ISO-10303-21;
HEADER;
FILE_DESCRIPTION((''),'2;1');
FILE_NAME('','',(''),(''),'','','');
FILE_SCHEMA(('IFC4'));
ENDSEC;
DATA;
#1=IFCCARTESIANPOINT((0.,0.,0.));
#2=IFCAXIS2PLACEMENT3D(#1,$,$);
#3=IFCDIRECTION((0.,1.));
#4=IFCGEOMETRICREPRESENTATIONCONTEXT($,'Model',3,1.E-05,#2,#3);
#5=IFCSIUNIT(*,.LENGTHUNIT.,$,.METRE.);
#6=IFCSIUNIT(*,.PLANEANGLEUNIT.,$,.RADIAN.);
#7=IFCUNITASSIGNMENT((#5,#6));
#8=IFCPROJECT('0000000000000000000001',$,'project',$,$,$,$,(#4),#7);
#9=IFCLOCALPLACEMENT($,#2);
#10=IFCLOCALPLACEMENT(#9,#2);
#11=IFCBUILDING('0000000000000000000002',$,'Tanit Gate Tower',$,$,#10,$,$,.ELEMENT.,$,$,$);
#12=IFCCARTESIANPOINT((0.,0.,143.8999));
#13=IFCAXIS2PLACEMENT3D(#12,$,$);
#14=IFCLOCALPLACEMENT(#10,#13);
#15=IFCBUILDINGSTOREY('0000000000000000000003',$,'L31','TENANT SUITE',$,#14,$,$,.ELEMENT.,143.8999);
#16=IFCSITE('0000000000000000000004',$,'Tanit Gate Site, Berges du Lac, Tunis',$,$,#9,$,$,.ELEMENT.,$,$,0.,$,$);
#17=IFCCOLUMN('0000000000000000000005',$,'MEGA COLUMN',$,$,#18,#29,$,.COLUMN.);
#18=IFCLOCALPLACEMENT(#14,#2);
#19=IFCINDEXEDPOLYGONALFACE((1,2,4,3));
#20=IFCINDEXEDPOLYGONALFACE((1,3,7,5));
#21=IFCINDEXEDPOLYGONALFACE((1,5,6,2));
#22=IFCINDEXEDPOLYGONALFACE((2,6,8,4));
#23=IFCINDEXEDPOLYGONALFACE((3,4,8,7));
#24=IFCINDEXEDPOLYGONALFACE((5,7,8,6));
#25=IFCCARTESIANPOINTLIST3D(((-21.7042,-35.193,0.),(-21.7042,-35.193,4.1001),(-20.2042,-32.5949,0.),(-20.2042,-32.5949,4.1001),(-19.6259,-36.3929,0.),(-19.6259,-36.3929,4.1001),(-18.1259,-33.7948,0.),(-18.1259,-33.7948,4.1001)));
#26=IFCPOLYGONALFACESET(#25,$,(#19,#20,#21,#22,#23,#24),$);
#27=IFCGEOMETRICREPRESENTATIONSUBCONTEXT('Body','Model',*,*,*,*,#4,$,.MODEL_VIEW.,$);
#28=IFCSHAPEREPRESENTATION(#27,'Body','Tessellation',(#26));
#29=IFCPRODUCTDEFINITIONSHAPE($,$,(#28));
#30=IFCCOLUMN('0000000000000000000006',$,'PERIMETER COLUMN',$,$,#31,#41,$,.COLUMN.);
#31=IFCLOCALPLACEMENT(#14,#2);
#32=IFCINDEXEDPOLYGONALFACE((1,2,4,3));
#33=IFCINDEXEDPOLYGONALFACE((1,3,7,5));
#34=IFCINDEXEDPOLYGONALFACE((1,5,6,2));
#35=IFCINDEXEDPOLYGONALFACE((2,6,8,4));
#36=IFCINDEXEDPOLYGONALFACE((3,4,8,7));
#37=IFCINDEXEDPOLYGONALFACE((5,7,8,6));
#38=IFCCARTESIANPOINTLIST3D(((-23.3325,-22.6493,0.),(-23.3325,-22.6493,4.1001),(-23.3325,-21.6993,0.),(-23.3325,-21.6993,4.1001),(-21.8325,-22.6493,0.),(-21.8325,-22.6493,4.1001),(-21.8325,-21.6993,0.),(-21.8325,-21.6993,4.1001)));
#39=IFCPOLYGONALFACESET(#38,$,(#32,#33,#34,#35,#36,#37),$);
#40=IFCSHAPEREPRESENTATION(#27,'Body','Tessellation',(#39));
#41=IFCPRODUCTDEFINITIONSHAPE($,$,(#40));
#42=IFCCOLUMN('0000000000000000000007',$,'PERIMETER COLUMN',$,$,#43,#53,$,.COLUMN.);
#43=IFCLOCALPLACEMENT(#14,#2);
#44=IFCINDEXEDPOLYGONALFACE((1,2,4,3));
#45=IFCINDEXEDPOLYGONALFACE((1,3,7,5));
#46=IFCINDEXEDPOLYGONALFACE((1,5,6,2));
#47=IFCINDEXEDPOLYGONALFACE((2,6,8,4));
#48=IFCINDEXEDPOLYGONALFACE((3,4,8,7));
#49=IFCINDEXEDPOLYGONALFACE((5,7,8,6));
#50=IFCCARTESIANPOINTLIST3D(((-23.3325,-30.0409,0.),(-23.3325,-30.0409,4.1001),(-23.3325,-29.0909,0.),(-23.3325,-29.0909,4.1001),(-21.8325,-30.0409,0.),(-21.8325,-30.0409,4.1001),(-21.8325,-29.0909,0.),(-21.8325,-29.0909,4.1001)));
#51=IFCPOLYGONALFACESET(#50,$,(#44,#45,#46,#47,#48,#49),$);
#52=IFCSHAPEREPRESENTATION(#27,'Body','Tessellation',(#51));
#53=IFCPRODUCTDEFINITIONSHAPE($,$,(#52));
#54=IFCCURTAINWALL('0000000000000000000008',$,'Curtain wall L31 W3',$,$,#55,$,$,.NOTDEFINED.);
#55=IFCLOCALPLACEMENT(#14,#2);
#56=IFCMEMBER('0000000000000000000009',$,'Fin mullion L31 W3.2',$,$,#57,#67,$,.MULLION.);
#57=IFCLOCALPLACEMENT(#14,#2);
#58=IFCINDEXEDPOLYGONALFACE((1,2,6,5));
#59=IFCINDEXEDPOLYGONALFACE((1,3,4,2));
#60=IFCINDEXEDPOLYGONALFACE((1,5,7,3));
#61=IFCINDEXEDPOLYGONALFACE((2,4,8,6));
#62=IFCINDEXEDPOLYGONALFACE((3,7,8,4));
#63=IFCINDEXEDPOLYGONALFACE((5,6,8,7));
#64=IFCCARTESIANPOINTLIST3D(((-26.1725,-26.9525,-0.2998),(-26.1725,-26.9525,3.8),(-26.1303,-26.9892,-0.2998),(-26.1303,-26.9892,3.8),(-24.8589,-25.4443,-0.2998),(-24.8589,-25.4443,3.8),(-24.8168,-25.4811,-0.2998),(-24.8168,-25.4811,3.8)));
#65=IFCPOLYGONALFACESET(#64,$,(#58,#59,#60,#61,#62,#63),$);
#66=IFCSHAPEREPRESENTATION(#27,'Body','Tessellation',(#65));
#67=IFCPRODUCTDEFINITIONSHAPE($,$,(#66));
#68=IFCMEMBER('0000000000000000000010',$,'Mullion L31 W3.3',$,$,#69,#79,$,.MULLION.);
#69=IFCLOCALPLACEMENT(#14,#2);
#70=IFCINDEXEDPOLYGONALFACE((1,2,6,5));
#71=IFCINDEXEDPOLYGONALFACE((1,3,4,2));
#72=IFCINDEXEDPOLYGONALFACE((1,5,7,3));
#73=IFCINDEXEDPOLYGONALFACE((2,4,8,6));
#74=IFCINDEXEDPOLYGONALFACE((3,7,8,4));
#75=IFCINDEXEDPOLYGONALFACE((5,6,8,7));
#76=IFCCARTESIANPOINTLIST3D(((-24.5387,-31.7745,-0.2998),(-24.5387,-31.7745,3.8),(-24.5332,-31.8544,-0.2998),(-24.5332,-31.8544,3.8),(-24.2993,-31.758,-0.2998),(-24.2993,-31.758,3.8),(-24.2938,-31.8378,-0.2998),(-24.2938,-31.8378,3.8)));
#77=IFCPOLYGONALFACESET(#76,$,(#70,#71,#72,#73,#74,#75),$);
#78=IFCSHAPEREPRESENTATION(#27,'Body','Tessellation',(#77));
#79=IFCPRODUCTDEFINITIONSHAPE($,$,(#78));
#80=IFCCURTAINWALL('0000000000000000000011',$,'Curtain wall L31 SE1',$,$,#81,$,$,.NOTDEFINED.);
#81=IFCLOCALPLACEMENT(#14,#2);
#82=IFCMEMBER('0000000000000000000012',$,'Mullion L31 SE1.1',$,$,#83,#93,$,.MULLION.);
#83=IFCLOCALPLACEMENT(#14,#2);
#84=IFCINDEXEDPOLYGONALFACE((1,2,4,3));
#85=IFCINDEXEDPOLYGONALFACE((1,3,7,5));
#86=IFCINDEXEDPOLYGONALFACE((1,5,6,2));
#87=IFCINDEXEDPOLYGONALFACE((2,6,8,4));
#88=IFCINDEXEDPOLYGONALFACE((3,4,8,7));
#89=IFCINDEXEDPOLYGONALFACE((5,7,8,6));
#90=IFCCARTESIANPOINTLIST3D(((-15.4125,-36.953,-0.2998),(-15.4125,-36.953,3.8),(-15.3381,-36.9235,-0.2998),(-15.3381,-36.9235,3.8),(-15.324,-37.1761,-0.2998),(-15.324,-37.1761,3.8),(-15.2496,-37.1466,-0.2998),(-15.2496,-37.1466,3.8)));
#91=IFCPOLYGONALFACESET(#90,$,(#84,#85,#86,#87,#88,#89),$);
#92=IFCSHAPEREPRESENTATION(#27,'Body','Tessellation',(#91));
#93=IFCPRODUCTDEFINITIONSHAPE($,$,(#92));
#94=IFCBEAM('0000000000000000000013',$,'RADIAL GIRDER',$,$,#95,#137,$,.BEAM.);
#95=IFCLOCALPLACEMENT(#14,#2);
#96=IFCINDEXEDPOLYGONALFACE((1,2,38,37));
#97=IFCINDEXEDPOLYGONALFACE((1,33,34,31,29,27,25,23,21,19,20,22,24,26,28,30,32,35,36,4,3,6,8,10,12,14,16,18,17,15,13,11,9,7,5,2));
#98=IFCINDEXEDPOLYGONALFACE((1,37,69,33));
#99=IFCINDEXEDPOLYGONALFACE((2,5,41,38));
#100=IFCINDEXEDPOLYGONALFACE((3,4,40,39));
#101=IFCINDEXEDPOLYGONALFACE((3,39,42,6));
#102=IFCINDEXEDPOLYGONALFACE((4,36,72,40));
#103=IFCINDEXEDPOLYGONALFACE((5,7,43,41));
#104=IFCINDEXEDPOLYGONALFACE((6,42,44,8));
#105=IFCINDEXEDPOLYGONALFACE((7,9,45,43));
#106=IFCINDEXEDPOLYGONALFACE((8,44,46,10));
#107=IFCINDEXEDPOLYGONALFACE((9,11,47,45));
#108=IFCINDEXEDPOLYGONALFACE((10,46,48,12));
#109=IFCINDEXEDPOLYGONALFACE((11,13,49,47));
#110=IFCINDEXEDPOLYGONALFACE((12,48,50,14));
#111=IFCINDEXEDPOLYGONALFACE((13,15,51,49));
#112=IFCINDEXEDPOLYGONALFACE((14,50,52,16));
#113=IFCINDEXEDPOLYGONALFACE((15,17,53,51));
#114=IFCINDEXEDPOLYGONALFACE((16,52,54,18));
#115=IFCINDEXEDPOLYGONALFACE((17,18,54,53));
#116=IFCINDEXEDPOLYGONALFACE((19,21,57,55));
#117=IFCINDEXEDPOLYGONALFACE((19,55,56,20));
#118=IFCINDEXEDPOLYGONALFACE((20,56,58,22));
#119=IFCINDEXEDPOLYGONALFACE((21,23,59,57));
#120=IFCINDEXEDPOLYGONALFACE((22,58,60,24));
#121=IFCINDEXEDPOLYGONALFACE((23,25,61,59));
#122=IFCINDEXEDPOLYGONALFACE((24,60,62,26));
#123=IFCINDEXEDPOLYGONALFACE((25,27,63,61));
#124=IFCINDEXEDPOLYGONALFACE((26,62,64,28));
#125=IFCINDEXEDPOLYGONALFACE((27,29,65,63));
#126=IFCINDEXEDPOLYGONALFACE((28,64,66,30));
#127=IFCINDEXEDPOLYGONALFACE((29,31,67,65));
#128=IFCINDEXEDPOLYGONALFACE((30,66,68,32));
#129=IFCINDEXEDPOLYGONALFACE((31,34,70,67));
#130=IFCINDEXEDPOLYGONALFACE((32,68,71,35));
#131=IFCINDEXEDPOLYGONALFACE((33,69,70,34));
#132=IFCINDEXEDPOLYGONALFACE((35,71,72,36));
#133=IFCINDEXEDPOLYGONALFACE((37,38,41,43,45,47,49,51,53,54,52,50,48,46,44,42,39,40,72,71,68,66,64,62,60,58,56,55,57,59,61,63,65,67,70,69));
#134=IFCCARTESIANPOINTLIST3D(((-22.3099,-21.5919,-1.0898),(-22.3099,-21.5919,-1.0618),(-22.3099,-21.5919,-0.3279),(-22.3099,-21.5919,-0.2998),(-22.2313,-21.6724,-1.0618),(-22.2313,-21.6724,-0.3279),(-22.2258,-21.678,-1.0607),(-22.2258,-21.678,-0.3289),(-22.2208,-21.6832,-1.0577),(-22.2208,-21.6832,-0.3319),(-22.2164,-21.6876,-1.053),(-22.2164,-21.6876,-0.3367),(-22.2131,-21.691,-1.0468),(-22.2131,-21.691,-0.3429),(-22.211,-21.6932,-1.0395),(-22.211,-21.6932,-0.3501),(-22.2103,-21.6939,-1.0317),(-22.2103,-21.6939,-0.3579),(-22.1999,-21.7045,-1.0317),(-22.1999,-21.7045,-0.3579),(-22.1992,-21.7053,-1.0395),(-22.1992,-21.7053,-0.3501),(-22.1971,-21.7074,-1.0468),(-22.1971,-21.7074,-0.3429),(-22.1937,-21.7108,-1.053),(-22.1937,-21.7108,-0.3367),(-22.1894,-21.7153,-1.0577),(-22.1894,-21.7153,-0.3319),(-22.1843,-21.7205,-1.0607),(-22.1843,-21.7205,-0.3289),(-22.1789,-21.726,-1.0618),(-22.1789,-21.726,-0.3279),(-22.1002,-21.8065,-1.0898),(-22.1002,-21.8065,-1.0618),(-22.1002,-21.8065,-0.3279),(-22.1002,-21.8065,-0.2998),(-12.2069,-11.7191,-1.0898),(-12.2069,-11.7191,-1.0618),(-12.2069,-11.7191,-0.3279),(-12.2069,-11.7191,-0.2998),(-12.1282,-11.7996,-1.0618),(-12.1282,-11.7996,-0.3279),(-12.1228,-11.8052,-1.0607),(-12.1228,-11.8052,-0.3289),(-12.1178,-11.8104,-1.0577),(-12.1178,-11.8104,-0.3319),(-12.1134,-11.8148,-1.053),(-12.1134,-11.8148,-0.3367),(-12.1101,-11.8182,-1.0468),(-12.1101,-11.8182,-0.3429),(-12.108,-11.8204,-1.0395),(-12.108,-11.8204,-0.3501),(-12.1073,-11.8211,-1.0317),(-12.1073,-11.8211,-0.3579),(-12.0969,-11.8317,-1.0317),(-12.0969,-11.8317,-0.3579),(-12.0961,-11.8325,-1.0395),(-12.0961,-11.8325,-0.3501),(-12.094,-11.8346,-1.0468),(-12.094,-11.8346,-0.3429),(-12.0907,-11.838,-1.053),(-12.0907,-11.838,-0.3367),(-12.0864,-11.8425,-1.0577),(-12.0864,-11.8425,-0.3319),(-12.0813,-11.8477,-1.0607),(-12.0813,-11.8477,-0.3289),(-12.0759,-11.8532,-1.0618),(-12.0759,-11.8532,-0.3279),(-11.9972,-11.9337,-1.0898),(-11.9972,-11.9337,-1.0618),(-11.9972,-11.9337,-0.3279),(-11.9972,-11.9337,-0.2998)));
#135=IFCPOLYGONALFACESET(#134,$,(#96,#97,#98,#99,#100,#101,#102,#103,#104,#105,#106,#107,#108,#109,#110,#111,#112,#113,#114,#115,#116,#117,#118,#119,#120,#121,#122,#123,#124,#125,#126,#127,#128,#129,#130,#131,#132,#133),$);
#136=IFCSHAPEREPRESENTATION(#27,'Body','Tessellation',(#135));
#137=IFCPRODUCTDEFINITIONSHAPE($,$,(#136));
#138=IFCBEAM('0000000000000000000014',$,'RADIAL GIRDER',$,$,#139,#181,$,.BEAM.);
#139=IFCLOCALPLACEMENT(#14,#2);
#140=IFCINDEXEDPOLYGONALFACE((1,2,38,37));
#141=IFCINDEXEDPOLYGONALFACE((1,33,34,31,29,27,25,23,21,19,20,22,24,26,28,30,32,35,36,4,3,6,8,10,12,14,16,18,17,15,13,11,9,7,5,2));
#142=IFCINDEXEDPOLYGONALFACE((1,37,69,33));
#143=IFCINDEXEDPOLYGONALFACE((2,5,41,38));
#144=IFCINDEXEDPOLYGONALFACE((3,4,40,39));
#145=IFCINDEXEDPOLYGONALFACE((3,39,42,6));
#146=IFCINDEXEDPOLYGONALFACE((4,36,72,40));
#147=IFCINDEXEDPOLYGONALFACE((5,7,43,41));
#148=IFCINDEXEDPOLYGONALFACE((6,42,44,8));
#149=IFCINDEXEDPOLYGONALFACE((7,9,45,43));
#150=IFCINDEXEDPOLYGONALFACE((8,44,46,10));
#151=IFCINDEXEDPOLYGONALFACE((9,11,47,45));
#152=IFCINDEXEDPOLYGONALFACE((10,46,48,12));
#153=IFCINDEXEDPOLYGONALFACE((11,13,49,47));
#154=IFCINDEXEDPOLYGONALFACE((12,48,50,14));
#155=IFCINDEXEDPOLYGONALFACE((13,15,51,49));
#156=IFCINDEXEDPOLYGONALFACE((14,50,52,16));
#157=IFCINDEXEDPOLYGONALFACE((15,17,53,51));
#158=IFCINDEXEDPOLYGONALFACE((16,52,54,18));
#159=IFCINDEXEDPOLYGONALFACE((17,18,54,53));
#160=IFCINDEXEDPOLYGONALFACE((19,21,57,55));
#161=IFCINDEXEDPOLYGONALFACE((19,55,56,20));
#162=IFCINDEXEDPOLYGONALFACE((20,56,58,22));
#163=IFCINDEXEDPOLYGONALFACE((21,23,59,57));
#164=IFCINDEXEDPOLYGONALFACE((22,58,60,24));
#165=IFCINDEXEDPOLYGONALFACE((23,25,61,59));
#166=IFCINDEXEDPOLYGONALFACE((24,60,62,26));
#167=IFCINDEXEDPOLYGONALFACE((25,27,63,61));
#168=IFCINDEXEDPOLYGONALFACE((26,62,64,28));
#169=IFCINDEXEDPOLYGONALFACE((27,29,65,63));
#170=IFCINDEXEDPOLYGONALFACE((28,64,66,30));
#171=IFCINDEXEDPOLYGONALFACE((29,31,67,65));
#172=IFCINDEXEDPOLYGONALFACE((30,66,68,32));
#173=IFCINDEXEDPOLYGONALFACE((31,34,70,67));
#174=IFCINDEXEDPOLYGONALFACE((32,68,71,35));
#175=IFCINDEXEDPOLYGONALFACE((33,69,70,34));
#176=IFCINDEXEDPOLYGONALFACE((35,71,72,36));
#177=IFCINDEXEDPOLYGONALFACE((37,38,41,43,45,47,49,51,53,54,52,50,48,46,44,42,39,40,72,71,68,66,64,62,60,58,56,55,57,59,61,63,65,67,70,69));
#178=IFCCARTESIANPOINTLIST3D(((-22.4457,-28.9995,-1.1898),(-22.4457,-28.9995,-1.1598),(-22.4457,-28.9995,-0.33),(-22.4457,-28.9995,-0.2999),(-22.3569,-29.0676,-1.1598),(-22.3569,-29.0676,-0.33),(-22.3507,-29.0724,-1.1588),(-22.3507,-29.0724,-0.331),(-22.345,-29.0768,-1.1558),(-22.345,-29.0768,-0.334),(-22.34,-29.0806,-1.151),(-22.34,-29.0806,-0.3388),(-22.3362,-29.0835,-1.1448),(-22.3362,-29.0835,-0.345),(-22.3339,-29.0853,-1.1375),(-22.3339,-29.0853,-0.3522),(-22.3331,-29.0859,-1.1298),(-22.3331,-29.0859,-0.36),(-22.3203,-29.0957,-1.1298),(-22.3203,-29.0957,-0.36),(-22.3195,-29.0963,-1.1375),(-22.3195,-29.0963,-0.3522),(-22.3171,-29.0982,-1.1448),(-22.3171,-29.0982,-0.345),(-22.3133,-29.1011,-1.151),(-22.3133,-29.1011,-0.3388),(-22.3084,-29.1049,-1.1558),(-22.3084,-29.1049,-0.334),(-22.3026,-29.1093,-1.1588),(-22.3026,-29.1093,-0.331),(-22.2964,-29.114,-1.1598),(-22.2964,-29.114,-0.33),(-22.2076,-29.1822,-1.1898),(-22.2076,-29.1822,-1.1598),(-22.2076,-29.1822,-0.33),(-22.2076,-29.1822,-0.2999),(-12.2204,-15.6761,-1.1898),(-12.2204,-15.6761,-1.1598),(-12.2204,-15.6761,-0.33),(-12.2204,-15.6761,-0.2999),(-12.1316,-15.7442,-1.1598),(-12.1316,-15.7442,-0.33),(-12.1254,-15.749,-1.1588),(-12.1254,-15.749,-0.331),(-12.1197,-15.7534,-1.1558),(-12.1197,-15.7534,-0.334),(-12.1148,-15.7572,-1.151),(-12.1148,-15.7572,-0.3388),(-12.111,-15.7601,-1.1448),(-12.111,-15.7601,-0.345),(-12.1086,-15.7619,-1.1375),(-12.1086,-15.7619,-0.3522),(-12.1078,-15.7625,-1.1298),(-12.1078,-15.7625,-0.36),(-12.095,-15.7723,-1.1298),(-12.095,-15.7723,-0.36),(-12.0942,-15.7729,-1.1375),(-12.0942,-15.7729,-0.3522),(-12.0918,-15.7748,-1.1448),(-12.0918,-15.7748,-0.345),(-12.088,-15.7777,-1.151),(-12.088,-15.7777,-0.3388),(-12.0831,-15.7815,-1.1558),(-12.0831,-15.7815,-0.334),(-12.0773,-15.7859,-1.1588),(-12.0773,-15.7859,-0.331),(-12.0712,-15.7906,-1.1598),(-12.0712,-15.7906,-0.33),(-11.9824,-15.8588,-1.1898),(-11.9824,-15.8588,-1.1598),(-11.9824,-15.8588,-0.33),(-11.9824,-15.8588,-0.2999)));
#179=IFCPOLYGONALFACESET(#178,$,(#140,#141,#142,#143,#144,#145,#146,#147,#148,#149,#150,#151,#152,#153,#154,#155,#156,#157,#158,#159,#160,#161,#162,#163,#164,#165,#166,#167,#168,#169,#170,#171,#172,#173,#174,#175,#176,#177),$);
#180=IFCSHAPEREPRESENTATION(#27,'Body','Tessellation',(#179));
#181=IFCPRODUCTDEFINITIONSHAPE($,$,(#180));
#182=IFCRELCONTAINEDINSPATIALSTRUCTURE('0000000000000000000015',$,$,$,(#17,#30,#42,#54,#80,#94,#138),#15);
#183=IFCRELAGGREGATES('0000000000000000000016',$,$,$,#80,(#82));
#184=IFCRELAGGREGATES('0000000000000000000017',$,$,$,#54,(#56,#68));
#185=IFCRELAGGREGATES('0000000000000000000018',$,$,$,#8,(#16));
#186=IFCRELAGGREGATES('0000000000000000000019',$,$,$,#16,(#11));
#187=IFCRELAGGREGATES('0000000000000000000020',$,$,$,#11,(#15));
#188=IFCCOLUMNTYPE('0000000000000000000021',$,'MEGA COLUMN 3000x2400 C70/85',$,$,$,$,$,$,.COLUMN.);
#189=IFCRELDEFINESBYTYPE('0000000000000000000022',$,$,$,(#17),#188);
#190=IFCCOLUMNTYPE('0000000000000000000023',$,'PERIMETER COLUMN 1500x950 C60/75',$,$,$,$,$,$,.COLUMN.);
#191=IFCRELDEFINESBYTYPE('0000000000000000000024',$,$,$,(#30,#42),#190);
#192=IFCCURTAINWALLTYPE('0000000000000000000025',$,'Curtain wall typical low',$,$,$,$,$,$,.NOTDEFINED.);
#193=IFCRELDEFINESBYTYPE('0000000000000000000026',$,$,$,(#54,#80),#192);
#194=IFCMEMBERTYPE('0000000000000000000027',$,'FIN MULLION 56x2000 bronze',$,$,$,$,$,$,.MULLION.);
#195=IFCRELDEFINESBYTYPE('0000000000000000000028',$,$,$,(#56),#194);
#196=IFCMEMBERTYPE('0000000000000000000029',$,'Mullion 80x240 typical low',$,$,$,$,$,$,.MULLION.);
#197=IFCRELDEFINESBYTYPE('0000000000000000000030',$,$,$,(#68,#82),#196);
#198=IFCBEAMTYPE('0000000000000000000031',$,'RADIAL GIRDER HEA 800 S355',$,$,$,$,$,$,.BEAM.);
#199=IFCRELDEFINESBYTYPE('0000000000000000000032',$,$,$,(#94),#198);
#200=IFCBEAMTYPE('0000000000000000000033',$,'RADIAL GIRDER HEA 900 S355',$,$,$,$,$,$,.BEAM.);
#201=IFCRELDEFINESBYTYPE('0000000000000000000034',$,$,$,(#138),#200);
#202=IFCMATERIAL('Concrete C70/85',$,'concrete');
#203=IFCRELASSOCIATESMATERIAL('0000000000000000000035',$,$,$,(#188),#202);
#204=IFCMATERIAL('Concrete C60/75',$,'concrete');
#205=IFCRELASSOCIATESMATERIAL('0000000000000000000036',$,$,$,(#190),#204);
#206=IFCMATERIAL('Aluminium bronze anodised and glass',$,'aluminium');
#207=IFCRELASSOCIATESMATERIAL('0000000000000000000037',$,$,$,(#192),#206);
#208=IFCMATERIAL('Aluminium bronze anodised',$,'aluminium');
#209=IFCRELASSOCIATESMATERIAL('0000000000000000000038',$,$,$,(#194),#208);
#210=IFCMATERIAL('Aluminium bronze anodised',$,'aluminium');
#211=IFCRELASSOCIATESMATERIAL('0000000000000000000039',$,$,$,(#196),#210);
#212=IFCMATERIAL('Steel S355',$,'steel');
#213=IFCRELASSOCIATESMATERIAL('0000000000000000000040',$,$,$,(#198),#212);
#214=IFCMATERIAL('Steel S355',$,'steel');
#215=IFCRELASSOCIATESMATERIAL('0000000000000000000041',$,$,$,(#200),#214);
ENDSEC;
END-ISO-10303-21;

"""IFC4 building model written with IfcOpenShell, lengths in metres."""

from ifc_helpers import new_model, si_unit, direction, frame, origin, origin_2d, place, context, subcontext, project, spatial, rectangle, i_section, extrude, material, material_profile, profile_set, type_object, element, aggregate, save


model = new_model("IFC4")

# Units and contexts
model_context = context("Model", 3, precision=1e-05, world=origin(), true_north=direction((0.0, 1.0)))
body_context = subcontext(model_context, "Body", "Model", "MODEL_VIEW")
ifc_project = project(units=[si_unit("LENGTHUNIT", "METRE"), si_unit("PLANEANGLEUNIT", "RADIAN")], contexts=[model_context])

# Site, building, storey
site_placement = place(None, origin())
site = spatial("IfcSite", under=ifc_project, at=site_placement, Name="Tanit Gate Site, Berges du Lac, Tunis", CompositionType="ELEMENT", RefElevation=0.0)
building_placement = place(site_placement, origin())
building = spatial("IfcBuilding", under=site, at=building_placement, Name="Tanit Gate Tower", CompositionType="ELEMENT")
storey_placement = place(building_placement, frame((0.0, 0.0, 143.8999)))
storey = spatial("IfcBuildingStorey", under=building, at=storey_placement, Name="L31", Description="TENANT SUITE", CompositionType="ELEMENT", Elevation=143.8999)

# Columns
ifc_material_1 = material(Name="Concrete C70/85", Category="concrete")
ifc_material_profile_1 = material_profile(ifc_material_1, rectangle(XDim=3.0, YDim=2.3999, at=origin_2d()), Name="RC 3000x2400")
ifc_profile_set_1 = profile_set([ifc_material_profile_1], Name="Concrete C70/85")
column_type_1 = type_object("IfcColumnType", Name="MEGA COLUMN 3000x2400 C70/85", PredefinedType="COLUMN", material=ifc_profile_set_1)
column_placement = place(storey_placement, frame((-19.915, -34.4939, 0.0), z_axis=(0.0, 0.0, 1.0), x_axis=(-0.5, -0.866025, 0.0)))
element("IfcColumn", 1, at=column_placement, inside=storey, type_object=column_type_1, Name="MEGA COLUMN", PredefinedType="COLUMN", context=body_context, shape_type="SweptSolid", body=[
    extrude(rectangle(XDim=3.0, YDim=2.3999, at=origin_2d()), origin(), (0.0, 0.0, 1.0), 4.1001),
])
ifc_material_2 = material(Name="Concrete C60/75", Category="concrete")
ifc_material_profile_2 = material_profile(ifc_material_2, rectangle(XDim=1.5, YDim=0.95, at=origin_2d()), Name="RC 1500x950")
ifc_profile_set_2 = profile_set([ifc_material_profile_2], Name="Concrete C60/75")
column_type_2 = type_object("IfcColumnType", Name="PERIMETER COLUMN 1500x950 C60/75", PredefinedType="COLUMN", material=ifc_profile_set_2)
for number, where, z_axis, x_axis, name in (
    (2, (-22.5825, -22.1743, 0.0), (0.0, 0.0, 1.0), (-1.0, 0.0, 0.0), "PERIMETER COLUMN"),
    (3, (-22.5825, -29.5659, 0.0), (0.0, 0.0, 1.0), (-1.0, 0.0, 0.0), "PERIMETER COLUMN"),
):
    element("IfcColumn", number, at=place(storey_placement, frame(where, z_axis=z_axis, x_axis=x_axis)), inside=storey, type_object=column_type_2, Name=name, PredefinedType="COLUMN", context=body_context, shape_type="SweptSolid", body=[
        extrude(rectangle(XDim=1.5, YDim=0.95, at=origin_2d()), origin(), (0.0, 0.0, 1.0), 4.1001),
    ])

# Curtain wall, members
ifc_material_3 = material(Name="Aluminium bronze anodised and glass", Category="aluminium")
curtain_wall_type = type_object("IfcCurtainWallType", Name="Curtain wall typical low", PredefinedType="NOTDEFINED", material=ifc_material_3)
curtain_wall_1_placement = place(storey_placement, origin())
curtain_wall_1 = element("IfcCurtainWall", 4, at=curtain_wall_1_placement, inside=storey, type_object=curtain_wall_type, Name="Curtain wall L31 W3", PredefinedType="NOTDEFINED")
ifc_material_4 = material(Name="Aluminium bronze anodised", Category="aluminium")
ifc_material_profile_3 = material_profile(ifc_material_4, rectangle(XDim=2.0, YDim=0.0559, at=origin_2d()), Name="56x2000 bronze fin mullion")
ifc_profile_set_3 = profile_set([ifc_material_profile_3], Name="Aluminium bronze anodised")
member_type_1 = type_object("IfcMemberType", Name="FIN MULLION 56x2000 bronze", PredefinedType="MULLION", material=ifc_profile_set_3)
member_1_placement = place(storey_placement, frame((-25.4946, -26.2168, -0.2998), z_axis=(0.0, 0.0, 1.0), x_axis=(0.656773, 0.754088, 0.0)))
member_1 = element("IfcMember", 5, at=member_1_placement, type_object=member_type_1, Name="Fin mullion L31 W3.2", PredefinedType="MULLION", context=body_context, shape_type="SweptSolid", body=[
    extrude(rectangle(XDim=2.0, YDim=0.0559, at=origin_2d()), origin(), (0.0, 0.0, 1.0), 4.0999),
])
ifc_material_5 = material(Name="Aluminium bronze anodised", Category="aluminium")
ifc_material_profile_4 = material_profile(ifc_material_5, rectangle(XDim=0.24, YDim=0.0801, at=origin_2d()), Name="80x240 bronze mullion")
ifc_profile_set_4 = profile_set([ifc_material_profile_4], Name="Aluminium bronze anodised")
member_type_2 = type_object("IfcMemberType", Name="Mullion 80x240 typical low", PredefinedType="MULLION", material=ifc_profile_set_4)
member_2_placement = place(storey_placement, frame((-24.4163, -31.8062, -0.2998), z_axis=(0.0, 0.0, 1.0), x_axis=(0.99763, 0.068812, 0.0)))
member_2 = element("IfcMember", 6, at=member_2_placement, type_object=member_type_2, Name="Mullion L31 W3.3", PredefinedType="MULLION", context=body_context, shape_type="SweptSolid", body=[
    extrude(rectangle(XDim=0.24, YDim=0.0801, at=origin_2d()), origin(), (0.0, 0.0, 1.0), 4.0999),
])

# Curtain wall, member
curtain_wall_2_placement = place(storey_placement, origin())
curtain_wall_2 = element("IfcCurtainWall", 7, at=curtain_wall_2_placement, inside=storey, type_object=curtain_wall_type, Name="Curtain wall L31 SE1", PredefinedType="NOTDEFINED")
member_3_placement = place(storey_placement, frame((-15.3311, -37.0498, -0.2998), z_axis=(0.0, 0.0, 1.0), x_axis=(-0.368938, 0.929454, 0.0)))
member_3 = element("IfcMember", 8, at=member_3_placement, type_object=member_type_2, Name="Mullion L31 SE1.1", PredefinedType="MULLION", context=body_context, shape_type="SweptSolid", body=[
    extrude(rectangle(XDim=0.24, YDim=0.0801, at=origin_2d()), origin(), (0.0, 0.0, 1.0), 4.0999),
])

# Beams
ifc_material_6 = material(Name="Steel S355", Category="steel")
ifc_material_profile_5 = material_profile(ifc_material_6, i_section(OverallWidth=0.3, OverallDepth=0.79, WebThickness=0.0149, FlangeThickness=0.0281, FilletRadius=0.03, at=origin_2d()), Name="HEA 800")
ifc_profile_set_5 = profile_set([ifc_material_profile_5], Name="Steel S355")
beam_type_1 = type_object("IfcBeamType", Name="RADIAL GIRDER HEA 800 S355", PredefinedType="BEAM", material=ifc_profile_set_5)
beam_1_placement = place(storey_placement, frame((-22.2051, -21.6992, -0.6948), z_axis=(0.715209, 0.698911, 0.0), x_axis=(-0.698911, 0.715209, 0.0)))
element("IfcBeam", 9, at=beam_1_placement, inside=storey, type_object=beam_type_1, Name="RADIAL GIRDER", PredefinedType="BEAM", context=body_context, shape_type="SweptSolid", body=[
    extrude(i_section(OverallWidth=0.3, OverallDepth=0.79, WebThickness=0.0149, FlangeThickness=0.0281, FilletRadius=0.03, at=origin_2d()), origin(), (0.0, 0.0, 1.0), 14.126),
])
ifc_material_7 = material(Name="Steel S355", Category="steel")
ifc_material_profile_6 = material_profile(ifc_material_7, i_section(OverallWidth=0.3, OverallDepth=0.8899, WebThickness=0.0161, FlangeThickness=0.03, FilletRadius=0.03, at=origin_2d()), Name="HEA 900")
ifc_profile_set_6 = profile_set([ifc_material_profile_6], Name="Steel S355")
beam_type_2 = type_object("IfcBeamType", Name="RADIAL GIRDER HEA 900 S355", PredefinedType="BEAM", material=ifc_profile_set_6)
beam_2_placement = place(storey_placement, frame((-22.3267, -29.0908, -0.7449), z_axis=(0.608832, 0.7933, 0.0), x_axis=(-0.7933, 0.608832, 0.0)))
element("IfcBeam", 10, at=beam_2_placement, inside=storey, type_object=beam_type_2, Name="RADIAL GIRDER", PredefinedType="BEAM", context=body_context, shape_type="SweptSolid", body=[
    extrude(i_section(OverallWidth=0.3, OverallDepth=0.8899, WebThickness=0.0161, FlangeThickness=0.03, FilletRadius=0.03, at=origin_2d()), origin(), (0.0, 0.0, 1.0), 16.7949),
])

aggregate(curtain_wall_2, [member_3])

aggregate(curtain_wall_1, [member_1, member_2])

save(model, "model.ifc")
